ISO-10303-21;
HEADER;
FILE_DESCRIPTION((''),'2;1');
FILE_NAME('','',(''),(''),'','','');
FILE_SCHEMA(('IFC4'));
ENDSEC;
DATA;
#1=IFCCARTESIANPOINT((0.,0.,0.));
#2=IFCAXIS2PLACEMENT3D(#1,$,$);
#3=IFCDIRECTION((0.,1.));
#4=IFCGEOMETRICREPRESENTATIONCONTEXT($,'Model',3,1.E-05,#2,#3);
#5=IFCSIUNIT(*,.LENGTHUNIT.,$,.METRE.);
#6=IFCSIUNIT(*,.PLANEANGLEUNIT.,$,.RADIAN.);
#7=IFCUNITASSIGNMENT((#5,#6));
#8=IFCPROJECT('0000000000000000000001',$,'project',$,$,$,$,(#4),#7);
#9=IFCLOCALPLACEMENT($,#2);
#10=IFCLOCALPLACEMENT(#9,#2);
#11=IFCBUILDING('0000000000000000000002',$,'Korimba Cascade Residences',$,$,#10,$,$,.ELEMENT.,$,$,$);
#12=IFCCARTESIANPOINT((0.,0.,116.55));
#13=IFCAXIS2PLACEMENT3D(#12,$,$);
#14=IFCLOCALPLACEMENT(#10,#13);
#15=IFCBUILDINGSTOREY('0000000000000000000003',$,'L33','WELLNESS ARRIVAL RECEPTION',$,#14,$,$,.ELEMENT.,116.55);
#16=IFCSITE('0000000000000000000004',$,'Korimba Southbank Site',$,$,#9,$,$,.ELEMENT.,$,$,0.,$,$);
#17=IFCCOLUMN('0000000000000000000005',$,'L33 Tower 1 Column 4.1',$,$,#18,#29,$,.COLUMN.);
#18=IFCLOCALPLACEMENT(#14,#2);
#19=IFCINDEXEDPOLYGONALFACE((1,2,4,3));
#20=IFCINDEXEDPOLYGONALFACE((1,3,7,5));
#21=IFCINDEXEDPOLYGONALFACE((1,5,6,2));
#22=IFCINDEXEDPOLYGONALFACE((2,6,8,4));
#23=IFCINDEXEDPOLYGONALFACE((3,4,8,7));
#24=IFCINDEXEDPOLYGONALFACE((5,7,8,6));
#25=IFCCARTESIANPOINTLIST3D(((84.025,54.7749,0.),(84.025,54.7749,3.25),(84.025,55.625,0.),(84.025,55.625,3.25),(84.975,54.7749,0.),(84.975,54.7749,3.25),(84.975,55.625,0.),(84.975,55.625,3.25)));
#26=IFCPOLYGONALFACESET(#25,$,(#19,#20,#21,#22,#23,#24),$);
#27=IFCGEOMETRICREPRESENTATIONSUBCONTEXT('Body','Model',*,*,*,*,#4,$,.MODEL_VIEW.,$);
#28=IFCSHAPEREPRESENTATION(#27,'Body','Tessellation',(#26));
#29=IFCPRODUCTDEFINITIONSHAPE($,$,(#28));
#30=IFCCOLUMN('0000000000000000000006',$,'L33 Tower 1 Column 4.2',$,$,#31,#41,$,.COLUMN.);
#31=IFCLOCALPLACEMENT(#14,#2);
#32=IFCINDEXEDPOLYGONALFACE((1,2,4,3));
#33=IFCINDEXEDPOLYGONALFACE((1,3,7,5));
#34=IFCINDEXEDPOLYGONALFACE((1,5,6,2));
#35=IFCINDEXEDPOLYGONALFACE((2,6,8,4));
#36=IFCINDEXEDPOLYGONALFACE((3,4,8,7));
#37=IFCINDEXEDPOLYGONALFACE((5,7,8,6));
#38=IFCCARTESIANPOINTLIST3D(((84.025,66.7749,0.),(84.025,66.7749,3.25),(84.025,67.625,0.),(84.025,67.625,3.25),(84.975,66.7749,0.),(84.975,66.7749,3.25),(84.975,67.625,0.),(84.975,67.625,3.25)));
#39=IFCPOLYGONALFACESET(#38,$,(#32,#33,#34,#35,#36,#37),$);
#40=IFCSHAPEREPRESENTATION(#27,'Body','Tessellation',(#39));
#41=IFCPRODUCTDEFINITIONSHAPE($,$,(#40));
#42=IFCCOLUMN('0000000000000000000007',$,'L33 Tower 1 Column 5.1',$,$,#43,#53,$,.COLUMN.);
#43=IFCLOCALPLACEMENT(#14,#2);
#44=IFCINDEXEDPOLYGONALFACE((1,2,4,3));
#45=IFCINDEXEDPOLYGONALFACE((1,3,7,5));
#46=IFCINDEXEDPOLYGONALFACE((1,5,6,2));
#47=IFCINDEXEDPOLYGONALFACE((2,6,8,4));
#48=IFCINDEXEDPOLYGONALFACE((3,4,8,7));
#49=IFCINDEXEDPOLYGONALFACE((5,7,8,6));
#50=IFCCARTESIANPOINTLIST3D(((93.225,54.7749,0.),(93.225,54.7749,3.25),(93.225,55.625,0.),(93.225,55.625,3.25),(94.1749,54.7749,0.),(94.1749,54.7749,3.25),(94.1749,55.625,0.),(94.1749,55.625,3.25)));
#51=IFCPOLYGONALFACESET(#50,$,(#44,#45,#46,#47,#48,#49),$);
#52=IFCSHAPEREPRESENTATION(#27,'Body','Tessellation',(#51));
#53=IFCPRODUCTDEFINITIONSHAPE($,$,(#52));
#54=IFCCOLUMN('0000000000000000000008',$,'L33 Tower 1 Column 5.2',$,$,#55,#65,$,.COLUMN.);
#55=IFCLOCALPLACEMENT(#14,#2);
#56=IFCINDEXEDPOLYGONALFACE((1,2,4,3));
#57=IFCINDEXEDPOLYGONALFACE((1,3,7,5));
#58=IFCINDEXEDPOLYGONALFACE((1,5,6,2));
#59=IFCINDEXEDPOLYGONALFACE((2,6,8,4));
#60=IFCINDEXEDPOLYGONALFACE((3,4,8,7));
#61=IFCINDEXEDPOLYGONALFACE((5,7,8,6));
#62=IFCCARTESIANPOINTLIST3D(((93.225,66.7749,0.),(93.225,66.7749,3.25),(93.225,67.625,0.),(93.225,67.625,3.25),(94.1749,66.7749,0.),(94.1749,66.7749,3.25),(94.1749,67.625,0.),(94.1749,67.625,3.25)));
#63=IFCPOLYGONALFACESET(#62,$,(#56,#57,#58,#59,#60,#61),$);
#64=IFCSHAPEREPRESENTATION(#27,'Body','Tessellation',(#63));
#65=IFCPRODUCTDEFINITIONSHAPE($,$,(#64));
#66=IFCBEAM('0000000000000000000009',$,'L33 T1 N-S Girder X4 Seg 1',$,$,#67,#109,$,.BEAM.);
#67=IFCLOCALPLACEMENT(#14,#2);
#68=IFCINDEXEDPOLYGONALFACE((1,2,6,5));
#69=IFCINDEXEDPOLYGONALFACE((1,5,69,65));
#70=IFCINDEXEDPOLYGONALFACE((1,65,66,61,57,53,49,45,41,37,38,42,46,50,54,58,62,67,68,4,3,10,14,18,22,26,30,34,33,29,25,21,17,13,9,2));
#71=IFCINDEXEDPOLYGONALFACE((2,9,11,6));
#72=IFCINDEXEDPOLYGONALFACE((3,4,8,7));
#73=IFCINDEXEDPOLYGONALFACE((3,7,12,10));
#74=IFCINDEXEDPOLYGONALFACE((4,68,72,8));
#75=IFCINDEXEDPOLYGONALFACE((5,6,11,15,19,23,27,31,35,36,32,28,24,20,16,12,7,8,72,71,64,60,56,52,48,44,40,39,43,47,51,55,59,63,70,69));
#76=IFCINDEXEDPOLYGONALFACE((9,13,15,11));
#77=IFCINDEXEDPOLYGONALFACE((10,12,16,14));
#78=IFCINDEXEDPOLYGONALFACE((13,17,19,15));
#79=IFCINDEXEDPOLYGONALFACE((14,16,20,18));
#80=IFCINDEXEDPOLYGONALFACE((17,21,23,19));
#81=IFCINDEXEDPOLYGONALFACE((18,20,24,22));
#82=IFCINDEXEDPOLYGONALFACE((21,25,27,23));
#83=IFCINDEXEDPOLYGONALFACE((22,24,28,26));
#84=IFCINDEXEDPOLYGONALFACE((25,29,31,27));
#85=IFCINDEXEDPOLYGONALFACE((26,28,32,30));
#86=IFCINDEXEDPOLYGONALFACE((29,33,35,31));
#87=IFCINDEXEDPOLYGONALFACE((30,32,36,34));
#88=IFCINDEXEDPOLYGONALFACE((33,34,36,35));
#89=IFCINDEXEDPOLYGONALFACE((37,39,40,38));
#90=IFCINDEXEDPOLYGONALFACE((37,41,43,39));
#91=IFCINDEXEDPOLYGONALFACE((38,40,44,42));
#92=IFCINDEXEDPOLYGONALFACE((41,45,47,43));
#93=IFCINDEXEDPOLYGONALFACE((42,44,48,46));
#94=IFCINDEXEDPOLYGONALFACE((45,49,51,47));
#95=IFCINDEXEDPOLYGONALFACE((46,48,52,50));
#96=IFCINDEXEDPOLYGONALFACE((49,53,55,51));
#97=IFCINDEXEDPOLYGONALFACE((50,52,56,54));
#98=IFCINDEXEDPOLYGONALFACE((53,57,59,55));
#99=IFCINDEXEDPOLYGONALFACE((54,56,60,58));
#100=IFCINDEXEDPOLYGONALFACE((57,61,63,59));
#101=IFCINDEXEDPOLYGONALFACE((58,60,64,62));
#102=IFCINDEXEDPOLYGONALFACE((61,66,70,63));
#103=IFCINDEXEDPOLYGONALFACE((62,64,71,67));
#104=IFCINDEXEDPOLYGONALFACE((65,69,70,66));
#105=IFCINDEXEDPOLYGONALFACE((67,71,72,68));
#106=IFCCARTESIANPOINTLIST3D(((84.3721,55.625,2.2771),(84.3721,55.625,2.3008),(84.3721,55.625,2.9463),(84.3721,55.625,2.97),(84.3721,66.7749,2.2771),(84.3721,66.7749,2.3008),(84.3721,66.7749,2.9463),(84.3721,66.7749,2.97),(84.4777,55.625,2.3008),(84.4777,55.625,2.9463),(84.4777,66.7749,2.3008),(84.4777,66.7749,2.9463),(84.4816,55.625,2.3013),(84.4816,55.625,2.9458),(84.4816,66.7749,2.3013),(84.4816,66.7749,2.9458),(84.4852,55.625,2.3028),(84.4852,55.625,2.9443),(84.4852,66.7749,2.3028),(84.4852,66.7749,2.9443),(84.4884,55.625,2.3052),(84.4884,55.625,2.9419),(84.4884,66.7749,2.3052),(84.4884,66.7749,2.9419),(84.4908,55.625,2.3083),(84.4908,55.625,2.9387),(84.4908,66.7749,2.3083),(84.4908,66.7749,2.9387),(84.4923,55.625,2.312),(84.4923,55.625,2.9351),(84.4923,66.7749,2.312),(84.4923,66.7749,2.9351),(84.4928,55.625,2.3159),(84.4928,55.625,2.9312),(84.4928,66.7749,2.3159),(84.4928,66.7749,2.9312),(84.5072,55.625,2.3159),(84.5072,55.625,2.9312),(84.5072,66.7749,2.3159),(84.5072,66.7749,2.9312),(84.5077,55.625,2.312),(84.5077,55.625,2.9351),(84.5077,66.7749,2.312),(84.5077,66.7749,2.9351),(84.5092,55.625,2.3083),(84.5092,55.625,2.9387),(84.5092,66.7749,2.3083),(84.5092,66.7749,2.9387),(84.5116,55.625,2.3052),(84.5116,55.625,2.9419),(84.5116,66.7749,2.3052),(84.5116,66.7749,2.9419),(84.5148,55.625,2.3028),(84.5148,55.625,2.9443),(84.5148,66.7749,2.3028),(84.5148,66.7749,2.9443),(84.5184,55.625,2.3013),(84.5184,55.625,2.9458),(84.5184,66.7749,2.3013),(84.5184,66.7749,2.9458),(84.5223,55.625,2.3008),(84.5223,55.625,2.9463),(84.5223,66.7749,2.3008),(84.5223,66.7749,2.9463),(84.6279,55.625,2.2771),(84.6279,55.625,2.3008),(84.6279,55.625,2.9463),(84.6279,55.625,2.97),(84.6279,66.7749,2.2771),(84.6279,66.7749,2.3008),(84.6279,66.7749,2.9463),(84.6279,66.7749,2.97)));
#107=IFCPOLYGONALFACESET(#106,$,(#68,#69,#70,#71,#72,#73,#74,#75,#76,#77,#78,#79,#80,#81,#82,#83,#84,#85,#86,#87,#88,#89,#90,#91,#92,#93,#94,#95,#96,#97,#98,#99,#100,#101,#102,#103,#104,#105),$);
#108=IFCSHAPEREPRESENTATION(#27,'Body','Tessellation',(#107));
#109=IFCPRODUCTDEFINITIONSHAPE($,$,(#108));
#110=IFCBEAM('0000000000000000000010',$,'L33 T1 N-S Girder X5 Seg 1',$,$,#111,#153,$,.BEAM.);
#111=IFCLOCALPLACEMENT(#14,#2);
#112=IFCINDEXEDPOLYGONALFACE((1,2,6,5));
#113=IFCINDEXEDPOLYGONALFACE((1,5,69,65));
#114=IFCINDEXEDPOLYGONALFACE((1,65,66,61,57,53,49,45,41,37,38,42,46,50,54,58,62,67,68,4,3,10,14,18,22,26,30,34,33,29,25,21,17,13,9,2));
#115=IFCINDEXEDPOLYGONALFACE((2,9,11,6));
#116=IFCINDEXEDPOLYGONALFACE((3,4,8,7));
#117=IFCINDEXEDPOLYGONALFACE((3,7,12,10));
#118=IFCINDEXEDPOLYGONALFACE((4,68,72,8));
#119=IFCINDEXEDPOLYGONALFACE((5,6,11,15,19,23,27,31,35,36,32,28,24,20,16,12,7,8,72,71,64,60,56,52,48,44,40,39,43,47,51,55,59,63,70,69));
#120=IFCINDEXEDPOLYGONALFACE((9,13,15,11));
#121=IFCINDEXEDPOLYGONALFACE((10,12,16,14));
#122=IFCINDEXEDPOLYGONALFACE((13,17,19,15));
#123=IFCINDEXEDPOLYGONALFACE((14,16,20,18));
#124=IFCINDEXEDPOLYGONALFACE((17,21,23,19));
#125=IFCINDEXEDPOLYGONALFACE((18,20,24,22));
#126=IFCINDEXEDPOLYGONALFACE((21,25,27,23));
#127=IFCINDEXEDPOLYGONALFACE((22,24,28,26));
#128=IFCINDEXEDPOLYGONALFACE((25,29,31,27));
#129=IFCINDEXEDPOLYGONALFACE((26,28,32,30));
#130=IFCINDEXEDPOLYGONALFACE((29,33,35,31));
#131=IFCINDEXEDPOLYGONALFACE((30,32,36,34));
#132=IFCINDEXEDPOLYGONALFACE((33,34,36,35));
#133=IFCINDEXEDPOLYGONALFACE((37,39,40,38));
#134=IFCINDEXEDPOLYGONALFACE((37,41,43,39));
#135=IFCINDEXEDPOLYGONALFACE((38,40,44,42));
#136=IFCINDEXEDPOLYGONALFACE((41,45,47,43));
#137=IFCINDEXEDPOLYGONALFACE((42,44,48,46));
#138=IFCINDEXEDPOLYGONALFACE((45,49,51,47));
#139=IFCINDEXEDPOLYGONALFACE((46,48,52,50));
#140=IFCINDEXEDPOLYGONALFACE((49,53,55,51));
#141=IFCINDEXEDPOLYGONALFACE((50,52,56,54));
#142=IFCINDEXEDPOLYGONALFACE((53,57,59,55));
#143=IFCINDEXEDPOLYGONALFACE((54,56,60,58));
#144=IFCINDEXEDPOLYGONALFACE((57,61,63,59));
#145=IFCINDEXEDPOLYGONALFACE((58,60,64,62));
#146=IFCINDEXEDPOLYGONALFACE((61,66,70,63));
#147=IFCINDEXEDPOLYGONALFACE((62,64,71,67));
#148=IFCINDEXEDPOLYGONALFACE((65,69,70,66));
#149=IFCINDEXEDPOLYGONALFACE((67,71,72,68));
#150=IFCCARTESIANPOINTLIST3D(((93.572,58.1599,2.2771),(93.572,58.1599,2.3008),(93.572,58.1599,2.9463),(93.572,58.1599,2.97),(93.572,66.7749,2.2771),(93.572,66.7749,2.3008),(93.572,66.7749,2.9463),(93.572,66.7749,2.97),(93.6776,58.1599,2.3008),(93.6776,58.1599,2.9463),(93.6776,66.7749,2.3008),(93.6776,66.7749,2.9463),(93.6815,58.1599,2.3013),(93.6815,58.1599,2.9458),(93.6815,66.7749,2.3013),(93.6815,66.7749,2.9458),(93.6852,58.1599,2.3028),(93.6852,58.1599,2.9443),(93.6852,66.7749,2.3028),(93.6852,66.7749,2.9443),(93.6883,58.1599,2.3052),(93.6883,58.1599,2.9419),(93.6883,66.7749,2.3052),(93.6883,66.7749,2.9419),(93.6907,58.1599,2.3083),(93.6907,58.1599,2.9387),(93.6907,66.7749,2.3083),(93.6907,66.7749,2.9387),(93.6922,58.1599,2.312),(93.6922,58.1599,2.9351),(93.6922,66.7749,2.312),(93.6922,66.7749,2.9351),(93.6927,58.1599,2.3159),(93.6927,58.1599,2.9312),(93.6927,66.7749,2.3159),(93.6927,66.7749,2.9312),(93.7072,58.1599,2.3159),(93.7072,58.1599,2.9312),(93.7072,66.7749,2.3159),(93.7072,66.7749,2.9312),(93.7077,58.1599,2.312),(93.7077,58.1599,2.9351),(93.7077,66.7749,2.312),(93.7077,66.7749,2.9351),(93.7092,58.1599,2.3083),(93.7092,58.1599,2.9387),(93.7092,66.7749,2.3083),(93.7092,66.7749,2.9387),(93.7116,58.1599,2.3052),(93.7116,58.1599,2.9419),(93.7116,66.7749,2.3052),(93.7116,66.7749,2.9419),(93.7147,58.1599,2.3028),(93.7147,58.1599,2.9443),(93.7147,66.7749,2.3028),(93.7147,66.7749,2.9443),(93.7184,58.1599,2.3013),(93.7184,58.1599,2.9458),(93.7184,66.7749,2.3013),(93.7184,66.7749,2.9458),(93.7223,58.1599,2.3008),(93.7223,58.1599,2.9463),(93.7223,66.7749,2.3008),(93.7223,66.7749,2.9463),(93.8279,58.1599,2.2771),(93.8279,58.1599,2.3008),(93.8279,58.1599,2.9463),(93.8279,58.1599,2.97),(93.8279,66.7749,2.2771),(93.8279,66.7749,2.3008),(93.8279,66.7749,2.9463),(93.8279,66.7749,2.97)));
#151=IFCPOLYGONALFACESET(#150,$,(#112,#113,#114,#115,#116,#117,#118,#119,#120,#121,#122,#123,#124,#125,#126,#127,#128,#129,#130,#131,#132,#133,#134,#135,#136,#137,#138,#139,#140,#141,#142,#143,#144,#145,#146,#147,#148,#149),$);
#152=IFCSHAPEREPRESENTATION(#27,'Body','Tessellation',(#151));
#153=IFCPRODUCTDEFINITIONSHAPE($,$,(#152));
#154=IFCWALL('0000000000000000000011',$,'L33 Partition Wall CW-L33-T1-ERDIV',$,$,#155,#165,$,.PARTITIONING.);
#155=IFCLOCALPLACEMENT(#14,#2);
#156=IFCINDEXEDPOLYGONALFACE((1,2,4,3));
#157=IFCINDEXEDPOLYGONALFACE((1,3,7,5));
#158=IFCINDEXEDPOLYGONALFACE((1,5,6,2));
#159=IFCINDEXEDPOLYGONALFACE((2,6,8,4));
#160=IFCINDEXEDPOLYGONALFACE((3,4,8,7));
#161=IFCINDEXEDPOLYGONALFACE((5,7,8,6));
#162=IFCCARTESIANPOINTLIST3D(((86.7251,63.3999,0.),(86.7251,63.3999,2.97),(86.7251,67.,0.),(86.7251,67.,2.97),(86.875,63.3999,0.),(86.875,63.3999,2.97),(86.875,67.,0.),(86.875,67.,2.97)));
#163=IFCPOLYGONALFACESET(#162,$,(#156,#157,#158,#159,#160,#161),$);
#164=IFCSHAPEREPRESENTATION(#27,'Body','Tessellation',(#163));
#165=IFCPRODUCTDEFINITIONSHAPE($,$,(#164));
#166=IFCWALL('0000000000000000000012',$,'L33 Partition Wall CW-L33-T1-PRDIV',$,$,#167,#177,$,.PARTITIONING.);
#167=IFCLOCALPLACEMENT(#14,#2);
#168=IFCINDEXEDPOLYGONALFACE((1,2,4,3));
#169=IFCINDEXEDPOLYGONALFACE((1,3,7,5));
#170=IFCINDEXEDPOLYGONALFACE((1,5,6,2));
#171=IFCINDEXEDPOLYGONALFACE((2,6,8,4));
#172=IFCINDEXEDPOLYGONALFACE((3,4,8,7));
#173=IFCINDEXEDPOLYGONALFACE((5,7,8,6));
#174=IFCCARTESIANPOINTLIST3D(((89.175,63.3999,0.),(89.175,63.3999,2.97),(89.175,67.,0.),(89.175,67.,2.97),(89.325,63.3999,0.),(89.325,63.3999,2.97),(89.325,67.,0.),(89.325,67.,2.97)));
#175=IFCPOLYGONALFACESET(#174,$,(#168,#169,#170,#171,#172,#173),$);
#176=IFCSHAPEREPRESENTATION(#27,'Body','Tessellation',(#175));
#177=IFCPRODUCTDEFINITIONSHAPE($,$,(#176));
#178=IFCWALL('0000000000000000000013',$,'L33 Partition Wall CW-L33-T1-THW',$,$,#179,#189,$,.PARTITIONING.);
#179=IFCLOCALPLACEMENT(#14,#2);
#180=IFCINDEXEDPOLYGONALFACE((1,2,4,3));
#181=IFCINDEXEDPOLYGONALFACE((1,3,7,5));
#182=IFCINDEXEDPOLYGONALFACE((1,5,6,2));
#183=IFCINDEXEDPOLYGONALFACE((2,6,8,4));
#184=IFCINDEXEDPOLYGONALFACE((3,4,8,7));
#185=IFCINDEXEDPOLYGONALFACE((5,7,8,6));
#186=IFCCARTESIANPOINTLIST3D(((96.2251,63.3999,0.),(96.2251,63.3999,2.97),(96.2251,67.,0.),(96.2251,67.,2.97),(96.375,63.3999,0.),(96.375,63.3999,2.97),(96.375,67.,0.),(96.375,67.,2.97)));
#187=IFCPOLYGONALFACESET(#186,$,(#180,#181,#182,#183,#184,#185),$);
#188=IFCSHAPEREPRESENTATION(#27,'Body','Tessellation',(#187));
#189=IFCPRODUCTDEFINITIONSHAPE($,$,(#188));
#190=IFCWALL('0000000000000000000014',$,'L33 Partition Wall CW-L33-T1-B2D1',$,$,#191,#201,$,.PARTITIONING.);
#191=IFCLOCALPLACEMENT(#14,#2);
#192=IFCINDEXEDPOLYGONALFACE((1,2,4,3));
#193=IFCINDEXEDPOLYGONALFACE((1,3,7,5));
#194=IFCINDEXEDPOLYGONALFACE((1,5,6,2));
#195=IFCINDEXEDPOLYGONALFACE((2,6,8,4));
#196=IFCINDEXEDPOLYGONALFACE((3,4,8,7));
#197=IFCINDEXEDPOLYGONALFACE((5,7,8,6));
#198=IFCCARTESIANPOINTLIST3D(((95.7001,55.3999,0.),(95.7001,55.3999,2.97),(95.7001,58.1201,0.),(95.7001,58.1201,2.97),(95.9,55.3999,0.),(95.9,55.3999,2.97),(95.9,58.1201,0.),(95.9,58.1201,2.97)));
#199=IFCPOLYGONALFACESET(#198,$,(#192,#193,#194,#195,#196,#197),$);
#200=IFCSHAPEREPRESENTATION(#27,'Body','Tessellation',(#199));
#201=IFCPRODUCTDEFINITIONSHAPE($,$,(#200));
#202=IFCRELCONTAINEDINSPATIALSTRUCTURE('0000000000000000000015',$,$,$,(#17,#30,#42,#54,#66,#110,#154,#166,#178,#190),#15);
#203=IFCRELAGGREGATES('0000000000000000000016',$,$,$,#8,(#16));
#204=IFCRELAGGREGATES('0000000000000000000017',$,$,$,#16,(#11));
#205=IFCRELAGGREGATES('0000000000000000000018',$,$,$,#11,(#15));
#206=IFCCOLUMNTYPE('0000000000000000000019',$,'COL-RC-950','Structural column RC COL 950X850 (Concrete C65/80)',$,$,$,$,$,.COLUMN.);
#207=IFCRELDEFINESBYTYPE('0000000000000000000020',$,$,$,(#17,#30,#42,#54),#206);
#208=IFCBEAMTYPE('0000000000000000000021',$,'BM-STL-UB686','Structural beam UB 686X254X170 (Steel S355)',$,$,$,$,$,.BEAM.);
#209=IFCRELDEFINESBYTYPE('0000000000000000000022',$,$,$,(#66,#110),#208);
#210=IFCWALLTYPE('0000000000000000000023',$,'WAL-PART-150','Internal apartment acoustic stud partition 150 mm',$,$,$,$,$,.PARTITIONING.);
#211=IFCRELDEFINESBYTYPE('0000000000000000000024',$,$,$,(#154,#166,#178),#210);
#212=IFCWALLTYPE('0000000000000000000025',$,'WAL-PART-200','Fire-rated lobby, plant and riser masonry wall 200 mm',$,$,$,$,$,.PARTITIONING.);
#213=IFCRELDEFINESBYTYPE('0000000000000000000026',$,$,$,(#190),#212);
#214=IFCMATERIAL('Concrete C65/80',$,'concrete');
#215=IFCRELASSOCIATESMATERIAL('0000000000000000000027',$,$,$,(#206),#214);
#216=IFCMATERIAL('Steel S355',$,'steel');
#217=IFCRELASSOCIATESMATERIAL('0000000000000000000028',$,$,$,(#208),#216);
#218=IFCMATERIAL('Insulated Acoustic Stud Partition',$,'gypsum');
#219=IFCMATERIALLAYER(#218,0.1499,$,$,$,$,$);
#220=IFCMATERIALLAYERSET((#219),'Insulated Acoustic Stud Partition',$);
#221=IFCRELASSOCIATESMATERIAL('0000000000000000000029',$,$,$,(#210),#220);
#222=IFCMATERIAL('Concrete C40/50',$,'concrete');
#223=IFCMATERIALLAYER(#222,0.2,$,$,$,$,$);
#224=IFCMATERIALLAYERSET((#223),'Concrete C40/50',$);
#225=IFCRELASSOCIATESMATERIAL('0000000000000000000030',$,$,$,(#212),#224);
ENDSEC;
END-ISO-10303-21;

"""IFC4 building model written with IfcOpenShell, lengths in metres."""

from ifc_helpers import new_model, si_unit, direction, frame, frame_2d, origin, origin_2d, place, context, subcontext, project, spatial, rectangle, i_section, extrude, material, layer, layer_set, material_profile, profile_set, type_object, element, save


model = new_model("IFC4")

# Units and contexts
model_context = context("Model", 3, precision=1e-05, world=origin(), true_north=direction((0.0, 1.0)))
body_context = subcontext(model_context, "Body", "Model", "MODEL_VIEW")
ifc_project = project(units=[si_unit("LENGTHUNIT", "METRE"), si_unit("PLANEANGLEUNIT", "RADIAN")], contexts=[model_context])

# Site, building, storey
site_placement = place(None, origin())
site = spatial("IfcSite", under=ifc_project, at=site_placement, Name="Korimba Southbank Site", CompositionType="ELEMENT", RefElevation=0.0)
building_placement = place(site_placement, origin())
building = spatial("IfcBuilding", under=site, at=building_placement, Name="Korimba Cascade Residences", CompositionType="ELEMENT")
storey_placement = place(building_placement, frame((0.0, 0.0, 116.55)))
storey = spatial("IfcBuildingStorey", under=building, at=storey_placement, Name="L33", Description="WELLNESS ARRIVAL RECEPTION", CompositionType="ELEMENT", Elevation=116.55)

# Columns
ifc_material_1 = material(Name="Concrete C65/80", Category="concrete")
ifc_material_profile_1 = material_profile(ifc_material_1, rectangle(XDim=0.95, YDim=0.8501, at=origin_2d()), Name="Concrete C65/80")
ifc_profile_set_1 = profile_set([ifc_material_profile_1], Name="Concrete C65/80")
column_type = type_object("IfcColumnType", Name="COL-RC-950", Description="Structural column RC COL 950X850 (Concrete C65/80)", PredefinedType="COLUMN", material=ifc_profile_set_1)
for number, where, z_axis, x_axis, name in (
    (1, (84.5, 55.2, 0.0), (0.0, 0.0, 1.0), (1.0, 0.0, 0.0), "L33 Tower 1 Column 4.1"),
    (2, (84.5, 67.2, 0.0), (0.0, 0.0, 1.0), (1.0, 0.0, 0.0), "L33 Tower 1 Column 4.2"),
    (3, (93.7, 55.2, 0.0), (0.0, 0.0, 1.0), (1.0, 0.0, 0.0), "L33 Tower 1 Column 5.1"),
    (4, (93.7, 67.2, 0.0), (0.0, 0.0, 1.0), (1.0, 0.0, 0.0), "L33 Tower 1 Column 5.2"),
):
    element("IfcColumn", number, at=place(storey_placement, frame(where, z_axis=z_axis, x_axis=x_axis)), inside=storey, type_object=column_type, Name=name, PredefinedType="COLUMN", context=body_context, shape_type="SweptSolid", body=[
        extrude(rectangle(XDim=0.95, YDim=0.8501, at=origin_2d()), origin(), (0.0, 0.0, 1.0), 3.25),
    ])

# Beams
ifc_material_2 = material(Name="Steel S355", Category="steel")
ifc_material_profile_2 = material_profile(ifc_material_2, i_section(OverallWidth=0.2559, OverallDepth=0.6929, WebThickness=0.0144, FlangeThickness=0.0237, FilletRadius=0.0151, at=origin_2d()), Name="Steel S355")
ifc_profile_set_2 = profile_set([ifc_material_profile_2], Name="Steel S355")
beam_type = type_object("IfcBeamType", Name="BM-STL-UB686", Description="Structural beam UB 686X254X170 (Steel S355)", PredefinedType="BEAM", material=ifc_profile_set_2)
beam_1_placement = place(storey_placement, frame((84.5, 55.625, 2.6235), z_axis=(0.0, 1.0, 0.0), x_axis=(-1.0, 0.0, 0.0)))
element("IfcBeam", 5, at=beam_1_placement, inside=storey, type_object=beam_type, Name="L33 T1 N-S Girder X4 Seg 1", PredefinedType="BEAM", context=body_context, shape_type="SweptSolid", body=[
    extrude(i_section(OverallWidth=0.2559, OverallDepth=0.6929, WebThickness=0.0144, FlangeThickness=0.0237, FilletRadius=0.0151, at=origin_2d()), origin(), (0.0, 0.0, 1.0), 11.1499),
])
beam_2_placement = place(storey_placement, frame((93.7, 58.1599, 2.6235), z_axis=(0.0, 1.0, 0.0), x_axis=(-1.0, 0.0, 0.0)))
element("IfcBeam", 6, at=beam_2_placement, inside=storey, type_object=beam_type, Name="L33 T1 N-S Girder X5 Seg 1", PredefinedType="BEAM", context=body_context, shape_type="SweptSolid", body=[
    extrude(i_section(OverallWidth=0.2559, OverallDepth=0.6929, WebThickness=0.0144, FlangeThickness=0.0237, FilletRadius=0.0151, at=origin_2d()), origin(), (0.0, 0.0, 1.0), 8.615),
])

# Walls
ifc_material_3 = material(Name="Insulated Acoustic Stud Partition", Category="gypsum")
ifc_layer_1 = layer(ifc_material_3, 0.1499)
ifc_layer_set_1 = layer_set([ifc_layer_1], Name="Insulated Acoustic Stud Partition")
wall_type_1 = type_object("IfcWallType", Name="WAL-PART-150", Description="Internal apartment acoustic stud partition 150 mm", PredefinedType="PARTITIONING", material=ifc_layer_set_1)
for number, where, z_axis, x_axis, name in (
    (7, (86.8, 63.3999, 0.0), (0.0, 0.0, 1.0), (0.0, 1.0, 0.0), "L33 Partition Wall CW-L33-T1-ERDIV"),
    (8, (89.25, 63.3999, 0.0), (0.0, 0.0, 1.0), (0.0, 1.0, 0.0), "L33 Partition Wall CW-L33-T1-PRDIV"),
    (9, (96.3, 63.3999, 0.0), (0.0, 0.0, 1.0), (0.0, 1.0, 0.0), "L33 Partition Wall CW-L33-T1-THW"),
):
    element("IfcWall", number, at=place(storey_placement, frame(where, z_axis=z_axis, x_axis=x_axis)), inside=storey, type_object=wall_type_1, Name=name, PredefinedType="PARTITIONING", context=body_context, shape_type="SweptSolid", body=[
        extrude(rectangle(XDim=3.6001, YDim=0.1499, at=frame_2d((1.8, 0.0))), origin(), (0.0, 0.0, 1.0), 2.97),
    ])
ifc_material_4 = material(Name="Concrete C40/50", Category="concrete")
ifc_layer_2 = layer(ifc_material_4, 0.2)
ifc_layer_set_2 = layer_set([ifc_layer_2], Name="Concrete C40/50")
wall_type_2 = type_object("IfcWallType", Name="WAL-PART-200", Description="Fire-rated lobby, plant and riser masonry wall 200 mm", PredefinedType="PARTITIONING", material=ifc_layer_set_2)
wall_1_placement = place(storey_placement, frame((95.8, 55.3999, 0.0), z_axis=(0.0, 0.0, 1.0), x_axis=(0.0, 1.0, 0.0)))
element("IfcWall", 10, at=wall_1_placement, inside=storey, type_object=wall_type_2, Name="L33 Partition Wall CW-L33-T1-B2D1", PredefinedType="PARTITIONING", context=body_context, shape_type="SweptSolid", body=[
    extrude(rectangle(XDim=2.7202, YDim=0.2, at=frame_2d((1.3601, 0.0))), origin(), (0.0, 0.0, 1.0), 2.97),
])

save(model, "model.ifc")
